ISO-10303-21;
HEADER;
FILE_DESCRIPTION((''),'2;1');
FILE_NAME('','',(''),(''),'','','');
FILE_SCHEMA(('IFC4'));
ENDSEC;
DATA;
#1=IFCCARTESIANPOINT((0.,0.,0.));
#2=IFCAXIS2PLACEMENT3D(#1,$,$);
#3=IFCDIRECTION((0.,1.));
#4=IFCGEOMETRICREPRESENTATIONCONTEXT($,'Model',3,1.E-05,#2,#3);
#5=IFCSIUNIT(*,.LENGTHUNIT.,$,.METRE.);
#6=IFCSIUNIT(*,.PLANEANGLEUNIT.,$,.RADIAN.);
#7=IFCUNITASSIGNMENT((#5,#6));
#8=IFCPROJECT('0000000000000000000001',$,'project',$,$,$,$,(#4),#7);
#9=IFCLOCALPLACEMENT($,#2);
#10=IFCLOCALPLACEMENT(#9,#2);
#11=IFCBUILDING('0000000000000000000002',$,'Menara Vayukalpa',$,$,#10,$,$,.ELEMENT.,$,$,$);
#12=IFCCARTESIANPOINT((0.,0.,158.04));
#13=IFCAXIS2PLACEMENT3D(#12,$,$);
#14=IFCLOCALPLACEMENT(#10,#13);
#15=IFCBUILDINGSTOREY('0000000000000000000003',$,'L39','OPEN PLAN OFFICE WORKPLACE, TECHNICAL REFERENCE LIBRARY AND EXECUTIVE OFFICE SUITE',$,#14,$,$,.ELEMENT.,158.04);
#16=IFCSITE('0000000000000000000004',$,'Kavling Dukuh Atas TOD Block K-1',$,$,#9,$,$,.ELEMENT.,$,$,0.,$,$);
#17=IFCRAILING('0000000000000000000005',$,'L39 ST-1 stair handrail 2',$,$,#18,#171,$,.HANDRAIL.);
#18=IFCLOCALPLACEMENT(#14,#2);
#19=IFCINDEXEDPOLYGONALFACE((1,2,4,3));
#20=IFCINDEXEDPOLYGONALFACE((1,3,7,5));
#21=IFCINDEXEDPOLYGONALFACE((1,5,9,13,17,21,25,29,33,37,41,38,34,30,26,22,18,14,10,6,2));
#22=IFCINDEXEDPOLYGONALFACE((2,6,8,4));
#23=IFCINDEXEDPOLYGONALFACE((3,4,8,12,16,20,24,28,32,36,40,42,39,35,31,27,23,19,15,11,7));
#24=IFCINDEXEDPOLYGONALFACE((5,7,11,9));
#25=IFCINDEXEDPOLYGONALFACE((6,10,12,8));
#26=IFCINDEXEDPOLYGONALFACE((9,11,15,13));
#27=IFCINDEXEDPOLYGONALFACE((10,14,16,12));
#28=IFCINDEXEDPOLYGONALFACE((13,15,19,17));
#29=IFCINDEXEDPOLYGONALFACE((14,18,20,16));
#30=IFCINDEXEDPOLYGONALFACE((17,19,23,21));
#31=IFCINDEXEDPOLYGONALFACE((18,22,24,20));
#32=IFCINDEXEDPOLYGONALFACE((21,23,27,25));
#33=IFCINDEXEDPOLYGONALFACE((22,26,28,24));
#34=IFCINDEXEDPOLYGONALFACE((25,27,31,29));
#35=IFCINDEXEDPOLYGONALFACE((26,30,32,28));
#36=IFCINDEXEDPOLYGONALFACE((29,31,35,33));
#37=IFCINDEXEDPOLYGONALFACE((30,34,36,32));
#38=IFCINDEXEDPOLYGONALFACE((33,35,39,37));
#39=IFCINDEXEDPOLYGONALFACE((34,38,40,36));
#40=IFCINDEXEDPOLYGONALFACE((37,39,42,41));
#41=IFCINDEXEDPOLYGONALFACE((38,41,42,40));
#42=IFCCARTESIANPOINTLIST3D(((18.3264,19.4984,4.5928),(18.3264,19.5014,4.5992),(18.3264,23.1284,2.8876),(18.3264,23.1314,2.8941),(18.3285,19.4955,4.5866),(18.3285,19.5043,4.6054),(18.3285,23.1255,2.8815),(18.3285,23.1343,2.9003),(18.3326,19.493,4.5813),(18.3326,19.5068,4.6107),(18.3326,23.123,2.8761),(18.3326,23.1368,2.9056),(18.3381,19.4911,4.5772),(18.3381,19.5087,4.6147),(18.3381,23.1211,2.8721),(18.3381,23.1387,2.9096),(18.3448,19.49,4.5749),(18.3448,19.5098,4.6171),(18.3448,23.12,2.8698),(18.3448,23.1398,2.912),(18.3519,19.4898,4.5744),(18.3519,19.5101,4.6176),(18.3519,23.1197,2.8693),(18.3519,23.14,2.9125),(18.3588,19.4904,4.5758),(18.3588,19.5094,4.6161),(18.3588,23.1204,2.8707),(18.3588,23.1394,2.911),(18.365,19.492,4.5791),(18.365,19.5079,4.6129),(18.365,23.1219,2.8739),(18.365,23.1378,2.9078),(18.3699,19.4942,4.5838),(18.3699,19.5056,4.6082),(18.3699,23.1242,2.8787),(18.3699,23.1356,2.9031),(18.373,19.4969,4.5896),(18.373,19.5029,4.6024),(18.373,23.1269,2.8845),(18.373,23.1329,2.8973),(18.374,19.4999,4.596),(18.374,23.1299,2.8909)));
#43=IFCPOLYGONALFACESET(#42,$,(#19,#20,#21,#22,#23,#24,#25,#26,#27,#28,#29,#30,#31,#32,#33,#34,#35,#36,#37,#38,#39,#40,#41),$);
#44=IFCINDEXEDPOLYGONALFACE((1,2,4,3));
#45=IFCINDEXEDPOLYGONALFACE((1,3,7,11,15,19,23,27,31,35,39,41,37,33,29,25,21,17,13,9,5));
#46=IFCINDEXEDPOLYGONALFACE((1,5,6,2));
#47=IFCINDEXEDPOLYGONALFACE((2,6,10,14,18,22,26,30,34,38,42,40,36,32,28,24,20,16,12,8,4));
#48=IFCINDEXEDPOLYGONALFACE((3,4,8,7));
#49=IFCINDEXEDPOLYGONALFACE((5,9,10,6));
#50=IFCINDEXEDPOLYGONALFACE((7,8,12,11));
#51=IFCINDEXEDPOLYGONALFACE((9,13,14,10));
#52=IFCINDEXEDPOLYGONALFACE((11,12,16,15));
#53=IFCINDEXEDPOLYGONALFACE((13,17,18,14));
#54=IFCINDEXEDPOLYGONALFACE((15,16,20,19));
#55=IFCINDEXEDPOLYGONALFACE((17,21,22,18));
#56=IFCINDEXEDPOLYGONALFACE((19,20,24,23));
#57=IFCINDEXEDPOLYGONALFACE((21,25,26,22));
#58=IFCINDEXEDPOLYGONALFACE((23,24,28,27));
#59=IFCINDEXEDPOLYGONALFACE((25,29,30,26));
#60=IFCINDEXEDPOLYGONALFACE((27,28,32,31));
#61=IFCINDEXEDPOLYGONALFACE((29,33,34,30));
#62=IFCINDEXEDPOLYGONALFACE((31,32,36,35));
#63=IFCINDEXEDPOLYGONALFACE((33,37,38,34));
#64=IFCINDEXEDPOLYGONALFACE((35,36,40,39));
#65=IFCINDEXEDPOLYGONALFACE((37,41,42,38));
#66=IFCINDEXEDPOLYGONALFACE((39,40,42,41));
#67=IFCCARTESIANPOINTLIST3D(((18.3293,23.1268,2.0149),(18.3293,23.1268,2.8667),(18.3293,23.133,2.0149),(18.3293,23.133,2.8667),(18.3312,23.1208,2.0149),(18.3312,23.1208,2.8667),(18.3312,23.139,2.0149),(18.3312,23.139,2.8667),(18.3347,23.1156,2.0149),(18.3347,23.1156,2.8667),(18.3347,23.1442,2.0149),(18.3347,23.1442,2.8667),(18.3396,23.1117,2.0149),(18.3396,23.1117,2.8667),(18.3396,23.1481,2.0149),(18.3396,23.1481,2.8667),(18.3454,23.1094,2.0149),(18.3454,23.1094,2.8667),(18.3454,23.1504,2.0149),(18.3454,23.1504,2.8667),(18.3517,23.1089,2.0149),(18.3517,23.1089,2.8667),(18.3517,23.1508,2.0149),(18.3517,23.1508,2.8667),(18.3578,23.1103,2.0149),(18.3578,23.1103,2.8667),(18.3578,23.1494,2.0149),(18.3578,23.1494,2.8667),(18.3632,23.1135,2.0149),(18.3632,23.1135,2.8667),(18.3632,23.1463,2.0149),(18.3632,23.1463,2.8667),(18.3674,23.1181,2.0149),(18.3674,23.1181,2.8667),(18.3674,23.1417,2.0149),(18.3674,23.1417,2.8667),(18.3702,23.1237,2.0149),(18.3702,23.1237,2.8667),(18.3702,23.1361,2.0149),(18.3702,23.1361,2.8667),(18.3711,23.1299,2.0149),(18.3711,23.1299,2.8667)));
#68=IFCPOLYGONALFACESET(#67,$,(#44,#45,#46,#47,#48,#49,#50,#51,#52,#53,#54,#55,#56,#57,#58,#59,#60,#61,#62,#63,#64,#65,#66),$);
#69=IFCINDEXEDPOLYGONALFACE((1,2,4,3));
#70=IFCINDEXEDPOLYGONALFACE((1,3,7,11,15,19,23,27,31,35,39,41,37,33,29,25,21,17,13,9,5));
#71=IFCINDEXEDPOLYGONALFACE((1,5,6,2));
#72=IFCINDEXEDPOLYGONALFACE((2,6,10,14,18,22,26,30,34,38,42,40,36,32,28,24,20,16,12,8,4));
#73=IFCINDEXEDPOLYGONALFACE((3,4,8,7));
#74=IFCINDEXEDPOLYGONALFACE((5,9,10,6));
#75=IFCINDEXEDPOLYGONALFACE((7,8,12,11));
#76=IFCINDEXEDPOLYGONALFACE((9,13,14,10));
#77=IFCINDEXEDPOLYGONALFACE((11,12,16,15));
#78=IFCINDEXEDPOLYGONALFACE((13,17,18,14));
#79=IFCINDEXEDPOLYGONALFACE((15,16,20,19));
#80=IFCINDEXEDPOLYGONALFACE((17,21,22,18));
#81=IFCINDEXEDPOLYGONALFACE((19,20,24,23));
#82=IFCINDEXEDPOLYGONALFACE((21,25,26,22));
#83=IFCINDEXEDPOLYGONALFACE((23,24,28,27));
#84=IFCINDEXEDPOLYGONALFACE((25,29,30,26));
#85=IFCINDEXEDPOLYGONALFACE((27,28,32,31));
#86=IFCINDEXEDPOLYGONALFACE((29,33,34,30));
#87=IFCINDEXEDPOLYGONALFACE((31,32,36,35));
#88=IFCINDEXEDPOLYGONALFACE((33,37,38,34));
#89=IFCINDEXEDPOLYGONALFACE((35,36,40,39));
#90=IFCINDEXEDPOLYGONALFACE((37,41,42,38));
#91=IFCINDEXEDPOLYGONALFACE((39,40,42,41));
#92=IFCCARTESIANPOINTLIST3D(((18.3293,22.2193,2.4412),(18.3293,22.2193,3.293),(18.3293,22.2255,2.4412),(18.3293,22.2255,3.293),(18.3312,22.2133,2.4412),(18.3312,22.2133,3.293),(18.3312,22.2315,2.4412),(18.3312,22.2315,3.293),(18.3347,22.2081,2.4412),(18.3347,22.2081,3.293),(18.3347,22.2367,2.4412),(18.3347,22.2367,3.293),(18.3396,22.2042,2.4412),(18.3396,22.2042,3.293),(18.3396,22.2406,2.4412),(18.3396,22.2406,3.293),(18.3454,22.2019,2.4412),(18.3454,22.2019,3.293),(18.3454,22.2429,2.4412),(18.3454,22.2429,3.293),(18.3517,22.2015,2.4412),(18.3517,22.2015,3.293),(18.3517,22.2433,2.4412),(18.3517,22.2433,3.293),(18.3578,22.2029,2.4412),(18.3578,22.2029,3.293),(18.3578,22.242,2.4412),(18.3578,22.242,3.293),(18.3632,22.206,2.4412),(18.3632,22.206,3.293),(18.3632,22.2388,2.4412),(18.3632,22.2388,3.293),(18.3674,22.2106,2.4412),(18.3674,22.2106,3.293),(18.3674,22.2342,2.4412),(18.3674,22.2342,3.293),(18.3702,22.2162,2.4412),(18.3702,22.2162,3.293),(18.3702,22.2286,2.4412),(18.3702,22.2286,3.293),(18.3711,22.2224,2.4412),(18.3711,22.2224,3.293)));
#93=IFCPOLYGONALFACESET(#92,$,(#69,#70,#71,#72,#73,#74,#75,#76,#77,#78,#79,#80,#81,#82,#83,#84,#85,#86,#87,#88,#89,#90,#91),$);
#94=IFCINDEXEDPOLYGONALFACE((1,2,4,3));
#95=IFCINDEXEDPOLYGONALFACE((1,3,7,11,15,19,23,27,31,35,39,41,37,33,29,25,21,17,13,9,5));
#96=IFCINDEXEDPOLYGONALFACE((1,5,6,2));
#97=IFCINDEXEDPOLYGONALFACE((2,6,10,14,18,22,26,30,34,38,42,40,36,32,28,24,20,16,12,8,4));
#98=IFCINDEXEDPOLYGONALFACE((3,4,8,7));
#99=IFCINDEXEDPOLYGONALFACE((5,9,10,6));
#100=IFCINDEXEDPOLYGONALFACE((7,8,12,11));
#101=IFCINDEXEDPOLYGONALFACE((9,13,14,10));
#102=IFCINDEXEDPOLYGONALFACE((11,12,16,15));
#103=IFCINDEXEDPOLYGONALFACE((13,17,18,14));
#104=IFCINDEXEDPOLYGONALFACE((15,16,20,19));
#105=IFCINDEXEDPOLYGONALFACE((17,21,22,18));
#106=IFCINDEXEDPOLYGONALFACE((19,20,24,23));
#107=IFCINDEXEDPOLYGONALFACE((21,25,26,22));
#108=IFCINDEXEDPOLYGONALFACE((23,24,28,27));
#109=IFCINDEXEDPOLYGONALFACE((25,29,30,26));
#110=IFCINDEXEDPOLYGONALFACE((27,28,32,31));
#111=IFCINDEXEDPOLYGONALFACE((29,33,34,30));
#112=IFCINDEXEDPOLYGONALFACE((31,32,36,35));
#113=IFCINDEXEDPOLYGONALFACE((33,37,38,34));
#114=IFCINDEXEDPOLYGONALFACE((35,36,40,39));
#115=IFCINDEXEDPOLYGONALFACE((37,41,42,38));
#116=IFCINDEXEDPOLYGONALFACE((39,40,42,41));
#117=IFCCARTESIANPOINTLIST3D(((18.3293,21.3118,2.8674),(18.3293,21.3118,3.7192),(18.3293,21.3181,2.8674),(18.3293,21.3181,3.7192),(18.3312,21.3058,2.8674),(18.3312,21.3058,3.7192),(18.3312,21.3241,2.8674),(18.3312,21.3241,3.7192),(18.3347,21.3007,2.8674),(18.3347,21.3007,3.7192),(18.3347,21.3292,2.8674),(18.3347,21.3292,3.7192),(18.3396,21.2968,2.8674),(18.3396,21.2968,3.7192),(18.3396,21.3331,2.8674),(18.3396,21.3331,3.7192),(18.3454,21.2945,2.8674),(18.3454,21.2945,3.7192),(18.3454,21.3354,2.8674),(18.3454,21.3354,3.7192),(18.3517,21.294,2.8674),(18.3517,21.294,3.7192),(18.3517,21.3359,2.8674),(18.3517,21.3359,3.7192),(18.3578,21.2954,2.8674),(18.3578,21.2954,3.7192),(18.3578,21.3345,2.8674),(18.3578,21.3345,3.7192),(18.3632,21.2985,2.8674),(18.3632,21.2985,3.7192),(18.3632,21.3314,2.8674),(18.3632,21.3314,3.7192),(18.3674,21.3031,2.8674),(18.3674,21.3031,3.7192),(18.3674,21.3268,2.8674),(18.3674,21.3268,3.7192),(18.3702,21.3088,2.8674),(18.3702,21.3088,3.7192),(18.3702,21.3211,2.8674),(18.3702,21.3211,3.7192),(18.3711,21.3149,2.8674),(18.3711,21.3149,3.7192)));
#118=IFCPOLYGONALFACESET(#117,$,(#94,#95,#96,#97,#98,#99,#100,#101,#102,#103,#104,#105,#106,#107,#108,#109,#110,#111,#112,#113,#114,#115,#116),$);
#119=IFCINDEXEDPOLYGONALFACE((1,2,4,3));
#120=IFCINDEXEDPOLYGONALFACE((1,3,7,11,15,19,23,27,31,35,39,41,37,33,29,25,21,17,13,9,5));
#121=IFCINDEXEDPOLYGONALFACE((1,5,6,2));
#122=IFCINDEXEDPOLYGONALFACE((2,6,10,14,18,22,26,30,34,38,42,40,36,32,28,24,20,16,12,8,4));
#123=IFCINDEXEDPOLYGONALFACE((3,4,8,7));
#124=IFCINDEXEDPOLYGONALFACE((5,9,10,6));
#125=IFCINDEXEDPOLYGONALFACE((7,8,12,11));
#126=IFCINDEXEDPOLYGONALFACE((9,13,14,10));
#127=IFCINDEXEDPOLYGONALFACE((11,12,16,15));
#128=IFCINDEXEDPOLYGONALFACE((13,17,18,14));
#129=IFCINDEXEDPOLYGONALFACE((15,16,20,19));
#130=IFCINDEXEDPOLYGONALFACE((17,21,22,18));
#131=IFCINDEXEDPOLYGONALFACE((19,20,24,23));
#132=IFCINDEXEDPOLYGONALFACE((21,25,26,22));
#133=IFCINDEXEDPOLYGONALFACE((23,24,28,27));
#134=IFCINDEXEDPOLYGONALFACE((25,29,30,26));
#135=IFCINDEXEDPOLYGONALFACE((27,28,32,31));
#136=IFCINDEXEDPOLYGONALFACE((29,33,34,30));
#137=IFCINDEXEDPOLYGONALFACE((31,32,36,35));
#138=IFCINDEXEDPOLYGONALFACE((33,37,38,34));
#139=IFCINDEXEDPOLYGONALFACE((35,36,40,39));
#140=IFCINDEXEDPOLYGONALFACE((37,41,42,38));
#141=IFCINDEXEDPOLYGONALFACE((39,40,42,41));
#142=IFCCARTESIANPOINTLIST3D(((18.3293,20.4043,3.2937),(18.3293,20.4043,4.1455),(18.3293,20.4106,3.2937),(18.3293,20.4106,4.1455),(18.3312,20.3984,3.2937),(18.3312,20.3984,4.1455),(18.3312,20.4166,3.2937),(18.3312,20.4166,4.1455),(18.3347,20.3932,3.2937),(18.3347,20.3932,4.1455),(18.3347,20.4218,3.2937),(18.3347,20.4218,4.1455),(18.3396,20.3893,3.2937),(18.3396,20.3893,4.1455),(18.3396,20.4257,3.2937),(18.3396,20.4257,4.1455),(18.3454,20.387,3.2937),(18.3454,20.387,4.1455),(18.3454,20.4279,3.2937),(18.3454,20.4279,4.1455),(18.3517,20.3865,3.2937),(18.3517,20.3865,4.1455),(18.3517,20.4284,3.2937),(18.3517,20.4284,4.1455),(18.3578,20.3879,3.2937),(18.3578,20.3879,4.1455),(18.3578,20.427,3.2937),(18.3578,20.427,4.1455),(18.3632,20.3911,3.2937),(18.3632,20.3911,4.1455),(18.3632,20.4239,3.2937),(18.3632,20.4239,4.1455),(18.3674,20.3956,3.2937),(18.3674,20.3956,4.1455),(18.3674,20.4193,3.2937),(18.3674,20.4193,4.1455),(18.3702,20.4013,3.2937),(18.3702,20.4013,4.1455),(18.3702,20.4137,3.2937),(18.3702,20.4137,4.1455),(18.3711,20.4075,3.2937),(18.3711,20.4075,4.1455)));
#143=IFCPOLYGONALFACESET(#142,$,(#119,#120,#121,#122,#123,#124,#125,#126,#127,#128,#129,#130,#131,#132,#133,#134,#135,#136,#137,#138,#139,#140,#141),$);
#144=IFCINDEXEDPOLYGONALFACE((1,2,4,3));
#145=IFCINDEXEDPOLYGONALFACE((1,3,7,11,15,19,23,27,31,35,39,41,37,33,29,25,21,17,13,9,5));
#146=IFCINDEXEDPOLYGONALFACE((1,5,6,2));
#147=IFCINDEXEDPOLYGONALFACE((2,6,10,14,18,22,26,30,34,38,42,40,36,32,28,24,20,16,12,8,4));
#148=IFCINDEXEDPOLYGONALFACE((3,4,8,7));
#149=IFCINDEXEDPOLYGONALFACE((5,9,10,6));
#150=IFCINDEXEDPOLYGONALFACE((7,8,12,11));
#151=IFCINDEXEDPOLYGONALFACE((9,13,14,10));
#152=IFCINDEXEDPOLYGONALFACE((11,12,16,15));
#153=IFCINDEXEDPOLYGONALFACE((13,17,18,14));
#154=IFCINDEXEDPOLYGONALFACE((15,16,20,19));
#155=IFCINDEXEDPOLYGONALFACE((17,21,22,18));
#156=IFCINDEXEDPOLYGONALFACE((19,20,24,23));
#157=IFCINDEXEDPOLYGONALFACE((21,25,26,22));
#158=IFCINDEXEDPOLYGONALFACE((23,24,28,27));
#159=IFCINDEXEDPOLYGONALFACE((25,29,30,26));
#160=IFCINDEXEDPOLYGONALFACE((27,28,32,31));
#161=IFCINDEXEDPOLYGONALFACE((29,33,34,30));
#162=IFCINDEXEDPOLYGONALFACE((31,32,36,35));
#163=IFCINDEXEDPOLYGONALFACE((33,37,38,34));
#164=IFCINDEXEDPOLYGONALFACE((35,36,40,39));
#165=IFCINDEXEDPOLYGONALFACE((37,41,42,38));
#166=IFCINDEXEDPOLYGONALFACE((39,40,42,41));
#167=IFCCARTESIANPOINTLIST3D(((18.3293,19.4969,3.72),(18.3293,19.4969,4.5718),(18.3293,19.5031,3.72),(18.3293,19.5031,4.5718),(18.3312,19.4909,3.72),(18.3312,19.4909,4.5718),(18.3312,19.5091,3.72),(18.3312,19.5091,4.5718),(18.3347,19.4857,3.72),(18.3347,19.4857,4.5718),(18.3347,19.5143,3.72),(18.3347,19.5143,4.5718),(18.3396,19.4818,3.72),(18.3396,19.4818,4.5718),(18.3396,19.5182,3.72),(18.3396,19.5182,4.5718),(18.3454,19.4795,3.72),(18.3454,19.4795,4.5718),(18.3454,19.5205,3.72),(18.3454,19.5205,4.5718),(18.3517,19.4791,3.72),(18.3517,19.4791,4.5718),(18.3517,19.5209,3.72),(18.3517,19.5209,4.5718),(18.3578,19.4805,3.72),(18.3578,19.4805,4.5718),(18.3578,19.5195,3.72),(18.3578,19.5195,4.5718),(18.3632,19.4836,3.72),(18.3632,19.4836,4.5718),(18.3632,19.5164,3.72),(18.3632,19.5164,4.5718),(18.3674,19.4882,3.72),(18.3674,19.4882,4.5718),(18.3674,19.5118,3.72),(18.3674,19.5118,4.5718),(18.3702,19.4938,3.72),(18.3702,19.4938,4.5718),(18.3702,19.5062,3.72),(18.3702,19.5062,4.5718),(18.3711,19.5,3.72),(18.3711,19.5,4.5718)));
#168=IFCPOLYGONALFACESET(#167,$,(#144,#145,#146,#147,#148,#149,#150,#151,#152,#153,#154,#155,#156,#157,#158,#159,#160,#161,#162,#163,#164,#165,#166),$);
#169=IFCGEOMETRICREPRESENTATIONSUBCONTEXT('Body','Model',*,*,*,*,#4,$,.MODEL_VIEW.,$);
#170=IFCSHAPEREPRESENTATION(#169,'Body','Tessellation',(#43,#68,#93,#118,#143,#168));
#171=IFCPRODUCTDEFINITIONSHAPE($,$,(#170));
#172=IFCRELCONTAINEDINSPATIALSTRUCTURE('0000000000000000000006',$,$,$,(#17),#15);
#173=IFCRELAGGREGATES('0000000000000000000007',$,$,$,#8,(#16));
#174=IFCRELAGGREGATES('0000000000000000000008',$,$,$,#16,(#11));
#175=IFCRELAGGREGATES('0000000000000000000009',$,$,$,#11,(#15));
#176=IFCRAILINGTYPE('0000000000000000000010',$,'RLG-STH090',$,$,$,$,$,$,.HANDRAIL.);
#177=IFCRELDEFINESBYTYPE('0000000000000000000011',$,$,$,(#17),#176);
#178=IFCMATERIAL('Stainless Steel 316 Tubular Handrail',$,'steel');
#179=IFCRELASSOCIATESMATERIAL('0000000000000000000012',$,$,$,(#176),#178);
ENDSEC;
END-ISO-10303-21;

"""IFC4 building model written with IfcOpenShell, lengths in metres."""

from ifc_helpers import new_model, si_unit, direction, frame, origin, origin_2d, place, context, subcontext, project, spatial, circle, extrude, material, type_object, element, save


model = new_model("IFC4")

# Units and contexts
model_context = context("Model", 3, precision=1e-05, world=origin(), true_north=direction((0.0, 1.0)))
body_context = subcontext(model_context, "Body", "Model", "MODEL_VIEW")
ifc_project = project(units=[si_unit("LENGTHUNIT", "METRE"), si_unit("PLANEANGLEUNIT", "RADIAN")], contexts=[model_context])

# Site, building, storey
site_placement = place(None, origin())
site = spatial("IfcSite", under=ifc_project, at=site_placement, Name="Kavling Dukuh Atas TOD Block K-1", CompositionType="ELEMENT", RefElevation=0.0)
building_placement = place(site_placement, origin())
building = spatial("IfcBuilding", under=site, at=building_placement, Name="Menara Vayukalpa", CompositionType="ELEMENT")
storey_placement = place(building_placement, frame((0.0, 0.0, 158.04)))
storey = spatial("IfcBuildingStorey", under=building, at=storey_placement, Name="L39", Description="OPEN PLAN OFFICE WORKPLACE, TECHNICAL REFERENCE LIBRARY AND EXECUTIVE OFFICE SUITE", CompositionType="ELEMENT", Elevation=158.04)

# Railing
ifc_material_1 = material(Name="Stainless Steel 316 Tubular Handrail", Category="steel")
railing_type_1 = type_object("IfcRailingType", Name="RLG-STH090", PredefinedType="HANDRAIL", material=ifc_material_1)
railing_1_placement = place(storey_placement, frame((18.3501, 23.1299, 2.0149)))
element("IfcRailing", 1, at=railing_1_placement, inside=storey, type_object=railing_type_1, Name="L39 ST-1 stair handrail 2", PredefinedType="HANDRAIL", context=body_context, shape_type="SweptSolid", body=[
    extrude(circle(Radius=0.0239, at=origin_2d()), frame((0.0, 0.0, 0.876), z_axis=(0.0, -0.905116, 0.425164), x_axis=(1.0, 0.0, 0.0)), (0.0, 0.0, 1.0), 4.0105),
    extrude(circle(Radius=0.021, at=origin_2d()), origin(), (0.0, 0.0, 1.0), 0.8518),
    extrude(circle(Radius=0.021, at=origin_2d()), frame((0.0, -0.9075, 0.4263)), (0.0, 0.0, 1.0), 0.8518),
    extrude(circle(Radius=0.021, at=origin_2d()), frame((0.0, -1.8149, 0.8525)), (0.0, 0.0, 1.0), 0.8518),
    extrude(circle(Radius=0.021, at=origin_2d()), frame((0.0, -2.7224, 1.2788)), (0.0, 0.0, 1.0), 0.8518),
    extrude(circle(Radius=0.021, at=origin_2d()), frame((0.0, -3.6299, 1.7051)), (0.0, 0.0, 1.0), 0.8518),
])

save(model, "model.ifc")
